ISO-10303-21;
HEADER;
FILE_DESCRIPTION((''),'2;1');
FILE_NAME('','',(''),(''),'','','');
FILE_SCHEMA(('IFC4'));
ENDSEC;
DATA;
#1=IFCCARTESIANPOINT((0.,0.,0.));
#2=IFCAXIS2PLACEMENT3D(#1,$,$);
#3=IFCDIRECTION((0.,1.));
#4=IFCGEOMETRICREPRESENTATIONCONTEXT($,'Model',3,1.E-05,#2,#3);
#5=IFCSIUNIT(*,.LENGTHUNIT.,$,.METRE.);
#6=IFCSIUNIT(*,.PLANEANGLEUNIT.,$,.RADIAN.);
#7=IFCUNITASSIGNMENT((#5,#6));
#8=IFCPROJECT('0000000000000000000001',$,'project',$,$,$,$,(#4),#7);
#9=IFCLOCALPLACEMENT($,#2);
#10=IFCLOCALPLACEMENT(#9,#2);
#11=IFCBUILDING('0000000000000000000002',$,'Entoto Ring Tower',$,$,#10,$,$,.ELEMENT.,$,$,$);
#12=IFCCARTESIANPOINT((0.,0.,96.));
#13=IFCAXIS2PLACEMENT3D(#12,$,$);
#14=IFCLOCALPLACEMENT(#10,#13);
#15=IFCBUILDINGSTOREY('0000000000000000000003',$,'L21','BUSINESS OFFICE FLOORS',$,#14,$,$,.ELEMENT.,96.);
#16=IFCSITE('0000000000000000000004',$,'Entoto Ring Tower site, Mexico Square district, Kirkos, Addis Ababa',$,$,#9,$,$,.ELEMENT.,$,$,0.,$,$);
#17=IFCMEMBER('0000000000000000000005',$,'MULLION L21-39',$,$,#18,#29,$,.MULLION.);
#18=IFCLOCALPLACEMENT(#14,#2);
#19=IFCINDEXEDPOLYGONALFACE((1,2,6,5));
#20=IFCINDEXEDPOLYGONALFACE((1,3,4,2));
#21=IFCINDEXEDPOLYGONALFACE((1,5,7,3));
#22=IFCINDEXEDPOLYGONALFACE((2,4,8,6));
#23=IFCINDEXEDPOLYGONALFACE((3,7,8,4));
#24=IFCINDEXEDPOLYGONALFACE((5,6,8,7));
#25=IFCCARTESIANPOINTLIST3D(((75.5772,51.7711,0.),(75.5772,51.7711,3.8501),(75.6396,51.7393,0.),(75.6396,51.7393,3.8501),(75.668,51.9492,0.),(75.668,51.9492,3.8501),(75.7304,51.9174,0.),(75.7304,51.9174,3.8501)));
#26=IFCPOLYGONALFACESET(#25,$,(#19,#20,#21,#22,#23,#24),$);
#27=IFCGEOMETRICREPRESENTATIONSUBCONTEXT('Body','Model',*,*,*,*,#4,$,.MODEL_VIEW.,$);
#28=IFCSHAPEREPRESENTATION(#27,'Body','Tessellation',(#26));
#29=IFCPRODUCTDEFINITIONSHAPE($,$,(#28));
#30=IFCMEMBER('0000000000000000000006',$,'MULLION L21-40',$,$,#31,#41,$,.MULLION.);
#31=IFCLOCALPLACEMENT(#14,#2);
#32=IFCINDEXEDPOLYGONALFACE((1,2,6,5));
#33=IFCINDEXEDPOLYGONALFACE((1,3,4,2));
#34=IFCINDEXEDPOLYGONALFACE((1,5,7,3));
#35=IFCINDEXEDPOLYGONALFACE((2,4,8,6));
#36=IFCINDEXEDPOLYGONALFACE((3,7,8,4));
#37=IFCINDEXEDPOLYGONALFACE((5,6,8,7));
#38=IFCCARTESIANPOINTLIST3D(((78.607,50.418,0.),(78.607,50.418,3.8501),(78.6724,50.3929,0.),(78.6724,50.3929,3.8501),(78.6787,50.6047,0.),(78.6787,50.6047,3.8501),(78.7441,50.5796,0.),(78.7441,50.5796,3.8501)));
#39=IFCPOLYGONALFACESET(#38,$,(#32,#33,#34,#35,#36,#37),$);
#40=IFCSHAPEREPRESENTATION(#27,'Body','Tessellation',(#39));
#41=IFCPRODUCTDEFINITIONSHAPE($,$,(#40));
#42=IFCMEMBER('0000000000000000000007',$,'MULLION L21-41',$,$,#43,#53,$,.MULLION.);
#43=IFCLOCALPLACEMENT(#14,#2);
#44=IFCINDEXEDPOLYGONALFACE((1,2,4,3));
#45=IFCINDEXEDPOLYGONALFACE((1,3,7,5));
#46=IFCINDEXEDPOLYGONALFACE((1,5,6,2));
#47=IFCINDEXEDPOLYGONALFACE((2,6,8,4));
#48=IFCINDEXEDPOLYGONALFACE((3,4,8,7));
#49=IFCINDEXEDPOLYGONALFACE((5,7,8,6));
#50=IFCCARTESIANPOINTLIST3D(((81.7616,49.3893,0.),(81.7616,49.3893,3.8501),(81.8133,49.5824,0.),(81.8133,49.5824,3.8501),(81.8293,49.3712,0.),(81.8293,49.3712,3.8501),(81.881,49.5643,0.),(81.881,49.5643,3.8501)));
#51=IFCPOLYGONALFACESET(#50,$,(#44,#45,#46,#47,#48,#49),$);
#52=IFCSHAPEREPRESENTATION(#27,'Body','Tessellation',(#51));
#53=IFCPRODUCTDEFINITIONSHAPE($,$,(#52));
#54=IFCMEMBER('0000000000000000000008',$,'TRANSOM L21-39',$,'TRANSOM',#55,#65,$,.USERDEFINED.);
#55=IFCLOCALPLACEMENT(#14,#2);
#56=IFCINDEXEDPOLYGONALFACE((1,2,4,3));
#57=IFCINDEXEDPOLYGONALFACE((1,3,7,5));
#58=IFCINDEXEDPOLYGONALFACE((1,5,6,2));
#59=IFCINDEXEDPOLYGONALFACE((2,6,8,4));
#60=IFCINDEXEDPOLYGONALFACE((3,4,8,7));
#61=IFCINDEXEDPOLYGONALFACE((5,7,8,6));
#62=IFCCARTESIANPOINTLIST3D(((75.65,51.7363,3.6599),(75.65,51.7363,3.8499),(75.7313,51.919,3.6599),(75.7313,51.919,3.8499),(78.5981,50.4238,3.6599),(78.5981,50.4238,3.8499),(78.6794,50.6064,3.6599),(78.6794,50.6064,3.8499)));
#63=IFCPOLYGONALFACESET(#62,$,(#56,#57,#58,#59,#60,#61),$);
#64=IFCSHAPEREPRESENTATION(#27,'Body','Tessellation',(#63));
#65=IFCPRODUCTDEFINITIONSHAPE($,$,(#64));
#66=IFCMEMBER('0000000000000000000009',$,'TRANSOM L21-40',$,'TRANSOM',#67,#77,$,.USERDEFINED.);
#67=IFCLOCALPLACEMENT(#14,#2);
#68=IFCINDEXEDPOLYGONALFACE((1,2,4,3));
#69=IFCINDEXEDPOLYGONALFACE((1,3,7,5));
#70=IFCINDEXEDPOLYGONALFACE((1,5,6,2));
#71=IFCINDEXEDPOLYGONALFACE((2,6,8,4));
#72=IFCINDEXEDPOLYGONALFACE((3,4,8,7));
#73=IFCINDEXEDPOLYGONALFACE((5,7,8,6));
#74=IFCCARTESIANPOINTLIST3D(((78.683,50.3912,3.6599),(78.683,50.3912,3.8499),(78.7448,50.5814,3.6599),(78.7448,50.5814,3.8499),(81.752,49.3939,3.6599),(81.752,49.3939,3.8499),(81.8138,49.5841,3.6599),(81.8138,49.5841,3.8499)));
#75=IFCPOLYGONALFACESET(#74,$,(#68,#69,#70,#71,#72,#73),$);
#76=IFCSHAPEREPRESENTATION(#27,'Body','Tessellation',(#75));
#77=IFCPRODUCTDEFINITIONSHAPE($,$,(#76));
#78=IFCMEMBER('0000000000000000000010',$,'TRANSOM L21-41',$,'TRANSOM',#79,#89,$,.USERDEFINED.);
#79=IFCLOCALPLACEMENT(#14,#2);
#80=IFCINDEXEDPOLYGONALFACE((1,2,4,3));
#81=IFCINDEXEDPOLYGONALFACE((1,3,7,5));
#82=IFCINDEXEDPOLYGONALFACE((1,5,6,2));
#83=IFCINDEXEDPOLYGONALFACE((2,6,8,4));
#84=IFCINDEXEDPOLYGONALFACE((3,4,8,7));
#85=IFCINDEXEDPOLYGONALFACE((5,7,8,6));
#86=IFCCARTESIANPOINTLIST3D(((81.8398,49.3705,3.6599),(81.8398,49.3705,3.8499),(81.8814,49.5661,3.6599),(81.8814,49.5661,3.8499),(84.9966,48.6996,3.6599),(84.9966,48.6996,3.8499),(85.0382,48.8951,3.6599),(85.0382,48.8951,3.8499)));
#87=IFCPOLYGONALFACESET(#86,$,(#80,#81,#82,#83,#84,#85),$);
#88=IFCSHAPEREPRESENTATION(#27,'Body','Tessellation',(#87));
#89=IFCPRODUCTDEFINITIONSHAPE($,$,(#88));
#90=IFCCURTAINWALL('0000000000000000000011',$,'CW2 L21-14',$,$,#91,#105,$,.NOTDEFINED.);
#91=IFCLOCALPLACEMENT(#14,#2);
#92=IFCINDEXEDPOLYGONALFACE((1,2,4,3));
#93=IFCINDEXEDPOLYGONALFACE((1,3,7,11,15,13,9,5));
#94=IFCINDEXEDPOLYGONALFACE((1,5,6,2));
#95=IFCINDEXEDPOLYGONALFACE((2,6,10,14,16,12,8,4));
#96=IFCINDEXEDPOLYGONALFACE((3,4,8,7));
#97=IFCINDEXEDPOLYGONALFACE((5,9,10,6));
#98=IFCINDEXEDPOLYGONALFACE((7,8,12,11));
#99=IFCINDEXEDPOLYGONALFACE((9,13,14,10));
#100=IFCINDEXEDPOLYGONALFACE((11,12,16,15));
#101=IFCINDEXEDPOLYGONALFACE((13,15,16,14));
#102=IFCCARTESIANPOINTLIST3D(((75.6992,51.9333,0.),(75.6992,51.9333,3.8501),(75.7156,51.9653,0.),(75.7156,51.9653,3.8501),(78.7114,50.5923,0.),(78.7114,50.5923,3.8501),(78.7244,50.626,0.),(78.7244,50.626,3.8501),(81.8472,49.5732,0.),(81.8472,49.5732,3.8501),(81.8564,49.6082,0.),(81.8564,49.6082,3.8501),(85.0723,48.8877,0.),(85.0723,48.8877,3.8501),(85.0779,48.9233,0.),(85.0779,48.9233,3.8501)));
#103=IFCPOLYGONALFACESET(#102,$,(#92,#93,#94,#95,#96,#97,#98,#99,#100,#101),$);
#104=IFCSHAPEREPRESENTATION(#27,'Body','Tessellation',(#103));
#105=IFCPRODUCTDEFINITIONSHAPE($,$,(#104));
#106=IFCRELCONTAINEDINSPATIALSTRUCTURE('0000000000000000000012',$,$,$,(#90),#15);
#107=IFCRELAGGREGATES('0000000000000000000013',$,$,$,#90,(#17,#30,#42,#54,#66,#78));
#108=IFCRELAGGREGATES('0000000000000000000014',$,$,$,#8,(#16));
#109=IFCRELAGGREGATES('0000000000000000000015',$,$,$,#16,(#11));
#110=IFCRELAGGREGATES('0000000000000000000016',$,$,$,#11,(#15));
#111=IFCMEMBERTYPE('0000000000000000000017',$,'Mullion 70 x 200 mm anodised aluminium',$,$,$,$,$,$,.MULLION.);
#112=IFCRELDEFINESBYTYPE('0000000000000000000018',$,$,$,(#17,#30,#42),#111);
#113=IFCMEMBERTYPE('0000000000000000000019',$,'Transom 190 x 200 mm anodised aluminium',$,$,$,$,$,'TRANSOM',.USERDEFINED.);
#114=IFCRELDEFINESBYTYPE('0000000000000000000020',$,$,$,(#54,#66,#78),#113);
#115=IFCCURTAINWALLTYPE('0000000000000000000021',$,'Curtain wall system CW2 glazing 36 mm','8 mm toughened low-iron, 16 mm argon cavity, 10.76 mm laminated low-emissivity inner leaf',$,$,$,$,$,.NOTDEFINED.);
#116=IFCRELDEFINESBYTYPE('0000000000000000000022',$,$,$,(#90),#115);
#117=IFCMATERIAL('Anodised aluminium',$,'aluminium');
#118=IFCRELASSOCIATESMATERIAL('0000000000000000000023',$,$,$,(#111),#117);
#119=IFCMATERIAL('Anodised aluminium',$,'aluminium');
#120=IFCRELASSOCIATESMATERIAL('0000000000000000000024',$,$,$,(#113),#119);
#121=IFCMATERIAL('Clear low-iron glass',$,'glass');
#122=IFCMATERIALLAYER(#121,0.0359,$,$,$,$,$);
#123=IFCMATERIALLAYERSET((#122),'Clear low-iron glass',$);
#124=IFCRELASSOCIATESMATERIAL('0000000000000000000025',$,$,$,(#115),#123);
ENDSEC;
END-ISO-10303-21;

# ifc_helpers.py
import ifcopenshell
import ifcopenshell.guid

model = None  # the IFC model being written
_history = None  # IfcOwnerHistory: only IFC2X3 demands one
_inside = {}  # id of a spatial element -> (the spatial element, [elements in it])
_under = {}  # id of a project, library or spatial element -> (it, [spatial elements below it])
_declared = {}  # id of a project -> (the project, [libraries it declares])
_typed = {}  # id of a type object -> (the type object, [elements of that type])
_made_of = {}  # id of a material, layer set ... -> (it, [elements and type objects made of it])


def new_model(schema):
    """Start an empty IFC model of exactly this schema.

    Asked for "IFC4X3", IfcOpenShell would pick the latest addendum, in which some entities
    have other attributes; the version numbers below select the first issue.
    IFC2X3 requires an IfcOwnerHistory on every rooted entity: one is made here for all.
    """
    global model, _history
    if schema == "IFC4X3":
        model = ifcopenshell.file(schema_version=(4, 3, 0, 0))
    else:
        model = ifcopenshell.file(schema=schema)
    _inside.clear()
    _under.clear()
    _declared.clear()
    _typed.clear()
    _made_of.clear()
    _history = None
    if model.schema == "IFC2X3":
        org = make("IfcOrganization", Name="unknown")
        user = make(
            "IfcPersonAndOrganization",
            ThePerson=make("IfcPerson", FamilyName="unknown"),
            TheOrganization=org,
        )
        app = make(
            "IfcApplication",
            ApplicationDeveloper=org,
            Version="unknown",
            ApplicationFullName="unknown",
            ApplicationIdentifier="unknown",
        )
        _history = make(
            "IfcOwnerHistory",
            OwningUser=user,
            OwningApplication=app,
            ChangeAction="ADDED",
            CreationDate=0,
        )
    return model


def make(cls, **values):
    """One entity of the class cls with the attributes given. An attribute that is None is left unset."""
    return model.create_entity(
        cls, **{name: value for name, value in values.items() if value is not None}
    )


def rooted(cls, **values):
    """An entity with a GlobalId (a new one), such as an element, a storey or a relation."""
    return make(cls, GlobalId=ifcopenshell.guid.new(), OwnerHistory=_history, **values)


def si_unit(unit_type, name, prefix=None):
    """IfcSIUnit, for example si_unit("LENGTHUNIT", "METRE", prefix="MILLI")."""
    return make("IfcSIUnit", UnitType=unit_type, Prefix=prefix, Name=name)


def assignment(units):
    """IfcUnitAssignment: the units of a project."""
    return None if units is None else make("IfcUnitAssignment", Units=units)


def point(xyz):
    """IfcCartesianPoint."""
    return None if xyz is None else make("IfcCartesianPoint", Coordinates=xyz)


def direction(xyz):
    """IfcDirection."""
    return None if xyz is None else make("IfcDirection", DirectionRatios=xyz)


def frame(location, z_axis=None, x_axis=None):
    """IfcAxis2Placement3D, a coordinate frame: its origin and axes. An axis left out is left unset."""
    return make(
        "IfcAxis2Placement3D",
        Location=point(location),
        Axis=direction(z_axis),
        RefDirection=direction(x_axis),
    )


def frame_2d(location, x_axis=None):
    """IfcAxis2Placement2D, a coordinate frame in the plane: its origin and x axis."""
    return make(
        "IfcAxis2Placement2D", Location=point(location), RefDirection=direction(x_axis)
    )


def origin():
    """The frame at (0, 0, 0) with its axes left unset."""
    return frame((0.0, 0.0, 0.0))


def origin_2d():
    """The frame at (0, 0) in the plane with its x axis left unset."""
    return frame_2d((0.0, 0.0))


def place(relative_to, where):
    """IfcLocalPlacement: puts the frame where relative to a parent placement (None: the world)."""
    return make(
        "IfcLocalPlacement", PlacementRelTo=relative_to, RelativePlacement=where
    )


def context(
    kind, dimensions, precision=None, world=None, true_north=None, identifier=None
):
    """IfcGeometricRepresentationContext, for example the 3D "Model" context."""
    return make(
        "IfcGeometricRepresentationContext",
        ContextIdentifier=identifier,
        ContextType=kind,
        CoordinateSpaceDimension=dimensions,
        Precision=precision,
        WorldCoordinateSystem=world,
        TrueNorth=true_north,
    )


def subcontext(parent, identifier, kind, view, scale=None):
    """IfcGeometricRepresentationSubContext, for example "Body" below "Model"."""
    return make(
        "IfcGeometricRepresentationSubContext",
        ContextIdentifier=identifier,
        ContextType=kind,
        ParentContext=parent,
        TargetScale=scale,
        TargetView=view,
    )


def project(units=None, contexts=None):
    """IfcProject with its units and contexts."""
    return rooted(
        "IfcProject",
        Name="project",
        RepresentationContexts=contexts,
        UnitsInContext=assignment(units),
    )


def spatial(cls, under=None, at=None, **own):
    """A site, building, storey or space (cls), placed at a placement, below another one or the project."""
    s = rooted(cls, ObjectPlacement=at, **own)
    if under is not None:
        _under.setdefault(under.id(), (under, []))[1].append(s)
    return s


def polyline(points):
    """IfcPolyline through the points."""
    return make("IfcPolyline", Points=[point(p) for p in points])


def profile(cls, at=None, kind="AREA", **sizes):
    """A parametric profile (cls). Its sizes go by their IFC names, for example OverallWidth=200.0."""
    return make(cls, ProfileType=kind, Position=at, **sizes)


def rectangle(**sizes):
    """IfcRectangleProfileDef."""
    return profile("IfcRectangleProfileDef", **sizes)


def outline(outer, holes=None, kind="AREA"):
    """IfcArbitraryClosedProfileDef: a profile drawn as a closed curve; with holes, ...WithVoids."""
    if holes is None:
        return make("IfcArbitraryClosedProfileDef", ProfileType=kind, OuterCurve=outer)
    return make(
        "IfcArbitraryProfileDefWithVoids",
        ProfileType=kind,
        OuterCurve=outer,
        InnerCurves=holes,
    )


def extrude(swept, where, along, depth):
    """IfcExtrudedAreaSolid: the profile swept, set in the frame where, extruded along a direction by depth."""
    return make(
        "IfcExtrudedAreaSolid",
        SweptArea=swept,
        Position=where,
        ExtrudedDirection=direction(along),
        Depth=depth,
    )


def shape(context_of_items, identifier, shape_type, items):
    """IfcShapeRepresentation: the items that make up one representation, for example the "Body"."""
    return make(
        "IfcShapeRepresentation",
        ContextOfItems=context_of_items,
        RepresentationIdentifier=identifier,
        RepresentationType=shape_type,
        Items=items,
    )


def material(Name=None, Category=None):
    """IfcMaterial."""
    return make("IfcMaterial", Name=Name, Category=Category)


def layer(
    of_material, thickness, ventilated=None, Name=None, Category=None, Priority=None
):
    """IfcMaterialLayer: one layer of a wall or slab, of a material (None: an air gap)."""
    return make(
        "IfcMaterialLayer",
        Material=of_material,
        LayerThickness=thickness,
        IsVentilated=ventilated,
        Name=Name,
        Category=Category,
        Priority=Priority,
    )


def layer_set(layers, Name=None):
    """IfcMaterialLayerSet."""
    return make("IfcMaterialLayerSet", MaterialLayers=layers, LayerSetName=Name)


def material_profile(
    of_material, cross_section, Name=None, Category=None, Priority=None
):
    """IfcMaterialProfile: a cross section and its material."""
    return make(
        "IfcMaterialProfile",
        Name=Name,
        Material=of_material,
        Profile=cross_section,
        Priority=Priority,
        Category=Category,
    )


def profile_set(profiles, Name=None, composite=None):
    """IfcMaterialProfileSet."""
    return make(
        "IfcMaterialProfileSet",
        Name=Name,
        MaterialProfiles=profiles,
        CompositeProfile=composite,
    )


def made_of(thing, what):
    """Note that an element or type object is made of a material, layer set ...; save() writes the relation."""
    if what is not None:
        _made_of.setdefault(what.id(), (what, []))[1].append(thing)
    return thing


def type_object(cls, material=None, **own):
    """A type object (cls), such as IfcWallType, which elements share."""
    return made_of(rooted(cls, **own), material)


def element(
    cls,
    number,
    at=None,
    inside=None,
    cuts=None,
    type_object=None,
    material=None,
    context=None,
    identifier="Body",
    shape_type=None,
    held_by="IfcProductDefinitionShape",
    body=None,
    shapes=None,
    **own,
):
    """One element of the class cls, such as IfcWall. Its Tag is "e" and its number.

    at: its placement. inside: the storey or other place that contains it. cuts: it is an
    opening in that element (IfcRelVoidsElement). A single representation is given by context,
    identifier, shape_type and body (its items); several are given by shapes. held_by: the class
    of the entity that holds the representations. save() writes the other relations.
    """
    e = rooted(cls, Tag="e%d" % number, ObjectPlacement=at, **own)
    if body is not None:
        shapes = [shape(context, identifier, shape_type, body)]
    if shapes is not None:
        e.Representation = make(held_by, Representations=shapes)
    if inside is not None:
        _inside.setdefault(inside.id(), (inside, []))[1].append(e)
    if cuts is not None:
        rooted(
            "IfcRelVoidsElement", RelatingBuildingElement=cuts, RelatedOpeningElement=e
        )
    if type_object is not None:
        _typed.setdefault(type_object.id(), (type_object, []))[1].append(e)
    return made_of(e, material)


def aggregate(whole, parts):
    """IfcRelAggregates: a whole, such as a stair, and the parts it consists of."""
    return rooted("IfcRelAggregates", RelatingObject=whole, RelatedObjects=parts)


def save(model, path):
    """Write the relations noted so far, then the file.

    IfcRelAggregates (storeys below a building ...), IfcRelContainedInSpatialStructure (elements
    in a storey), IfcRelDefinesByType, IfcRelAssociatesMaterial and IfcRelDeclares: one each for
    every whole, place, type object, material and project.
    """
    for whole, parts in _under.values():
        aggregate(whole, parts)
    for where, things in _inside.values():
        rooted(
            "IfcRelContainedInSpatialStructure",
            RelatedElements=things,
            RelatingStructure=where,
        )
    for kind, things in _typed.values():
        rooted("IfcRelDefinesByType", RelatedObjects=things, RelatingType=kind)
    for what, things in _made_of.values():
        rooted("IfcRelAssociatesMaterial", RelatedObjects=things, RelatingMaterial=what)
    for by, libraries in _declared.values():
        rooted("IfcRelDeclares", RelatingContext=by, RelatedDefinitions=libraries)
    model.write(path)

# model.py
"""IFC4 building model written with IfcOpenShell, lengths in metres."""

from ifc_helpers import new_model, si_unit, direction, frame, origin, origin_2d, place, context, subcontext, project, spatial, polyline, rectangle, outline, extrude, material, layer, layer_set, material_profile, profile_set, type_object, element, aggregate, save


model = new_model("IFC4")

# Units and contexts
model_context = context("Model", 3, precision=1e-05, world=origin(), true_north=direction((0.0, 1.0)))
body_context = subcontext(model_context, "Body", "Model", "MODEL_VIEW")
ifc_project = project(units=[si_unit("LENGTHUNIT", "METRE"), si_unit("PLANEANGLEUNIT", "RADIAN")], contexts=[model_context])

# Members
ifc_material_1 = material(Name="Anodised aluminium", Category="aluminium")
ifc_material_profile_1 = material_profile(ifc_material_1, rectangle(XDim=0.0701, YDim=0.2, at=origin_2d()), Name="Mullion 70 x 200 mm anodised aluminium")
ifc_profile_set_1 = profile_set([ifc_material_profile_1], Name="Anodised aluminium")
member_type_1 = type_object("IfcMemberType", Name="Mullion 70 x 200 mm anodised aluminium", PredefinedType="MULLION", material=ifc_profile_set_1)
site_placement = place(None, origin())
building_placement = place(site_placement, origin())
storey_placement = place(building_placement, frame((0.0, 0.0, 96.0)))
member_1_placement = place(storey_placement, frame((75.6538, 51.8442, 0.0), z_axis=(0.0, 0.0, 1.0), x_axis=(0.891007, -0.45399, 0.0)))
member_1 = element("IfcMember", 1, at=member_1_placement, type_object=member_type_1, Name="MULLION L21-39", PredefinedType="MULLION", context=body_context, shape_type="SweptSolid", body=[
    extrude(rectangle(XDim=0.0701, YDim=0.2, at=origin_2d()), origin(), (0.0, 0.0, 1.0), 3.8501),
])
member_2_placement = place(storey_placement, frame((78.6755, 50.4988, 0.0), z_axis=(0.0, 0.0, 1.0), x_axis=(0.93358, -0.358368, 0.0)))
member_2 = element("IfcMember", 2, at=member_2_placement, type_object=member_type_1, Name="MULLION L21-40", PredefinedType="MULLION", context=body_context, shape_type="SweptSolid", body=[
    extrude(rectangle(XDim=0.0701, YDim=0.2, at=origin_2d()), origin(), (0.0, 0.0, 1.0), 3.8501),
])
member_3_placement = place(storey_placement, frame((81.8213, 49.4768, 0.0), z_axis=(0.0, 0.0, 1.0), x_axis=(0.965926, -0.258819, 0.0)))
member_3 = element("IfcMember", 3, at=member_3_placement, type_object=member_type_1, Name="MULLION L21-41", PredefinedType="MULLION", context=body_context, shape_type="SweptSolid", body=[
    extrude(rectangle(XDim=0.0701, YDim=0.2, at=origin_2d()), origin(), (0.0, 0.0, 1.0), 3.8501),
])
ifc_material_2 = material(Name="Anodised aluminium", Category="aluminium")
ifc_material_profile_2 = material_profile(ifc_material_2, rectangle(XDim=0.2, YDim=0.1899, at=origin_2d()), Name="Transom 190 x 200 mm anodised aluminium")
ifc_profile_set_2 = profile_set([ifc_material_profile_2], Name="Anodised aluminium")
member_type_2 = type_object("IfcMemberType", Name="Transom 190 x 200 mm anodised aluminium", ElementType="TRANSOM", PredefinedType="USERDEFINED", material=ifc_profile_set_2)
member_4_placement = place(storey_placement, frame((75.6907, 51.8276, 3.7549), z_axis=(0.913549, -0.406728, 0.0), x_axis=(0.406728, 0.913549, 0.0)))
member_4 = element("IfcMember", 4, at=member_4_placement, type_object=member_type_2, Name="TRANSOM L21-39", ObjectType="TRANSOM", PredefinedType="USERDEFINED", context=body_context, shape_type="SweptSolid", body=[
    extrude(rectangle(XDim=0.2, YDim=0.1899, at=origin_2d()), origin(), (0.0, 0.0, 1.0), 3.2271),
])
member_5_placement = place(storey_placement, frame((78.7139, 50.4863, 3.7549), z_axis=(0.951047, -0.309047, 0.0), x_axis=(0.309047, 0.951047, 0.0)))
member_5 = element("IfcMember", 5, at=member_5_placement, type_object=member_type_2, Name="TRANSOM L21-40", ObjectType="TRANSOM", PredefinedType="USERDEFINED", context=body_context, shape_type="SweptSolid", body=[
    extrude(rectangle(XDim=0.2, YDim=0.1899, at=origin_2d()), origin(), (0.0, 0.0, 1.0), 3.2271),
])
member_6_placement = place(storey_placement, frame((81.8606, 49.4683, 3.7549), z_axis=(0.978153, -0.207886, 0.0), x_axis=(0.207886, 0.978153, 0.0)))
member_6 = element("IfcMember", 6, at=member_6_placement, type_object=member_type_2, Name="TRANSOM L21-41", ObjectType="TRANSOM", PredefinedType="USERDEFINED", context=body_context, shape_type="SweptSolid", body=[
    extrude(rectangle(XDim=0.2, YDim=0.1899, at=origin_2d()), origin(), (0.0, 0.0, 1.0), 3.2273),
])

# Site, building, storey
site = spatial("IfcSite", under=ifc_project, at=site_placement, Name="Entoto Ring Tower site, Mexico Square district, Kirkos, Addis Ababa", CompositionType="ELEMENT", RefElevation=0.0)
building = spatial("IfcBuilding", under=site, at=building_placement, Name="Entoto Ring Tower", CompositionType="ELEMENT")
storey = spatial("IfcBuildingStorey", under=building, at=storey_placement, Name="L21", Description="BUSINESS OFFICE FLOORS", CompositionType="ELEMENT", Elevation=96.0)

# Curtain wall
ifc_material_3 = material(Name="Clear low-iron glass", Category="glass")
ifc_layer = layer(ifc_material_3, 0.0359)
ifc_layer_set = layer_set([ifc_layer], Name="Clear low-iron glass")
curtain_wall_type = type_object("IfcCurtainWallType", Name="Curtain wall system CW2 glazing 36 mm", Description="8 mm toughened low-iron, 16 mm argon cavity, 10.76 mm laminated low-emissivity inner leaf", PredefinedType="NOTDEFINED", material=ifc_layer_set)
curtain_wall_1_placement = place(storey_placement, origin())
curtain_wall_1 = element("IfcCurtainWall", 7, at=curtain_wall_1_placement, inside=storey, type_object=curtain_wall_type, Name="CW2 L21-14", PredefinedType="NOTDEFINED", context=body_context, shape_type="SweptSolid", body=[
    extrude(outline(polyline([(75.6992, 51.9333), (78.7114, 50.5923), (81.8472, 49.5732), (85.0723, 48.8877), (85.0779, 48.9233), (81.8564, 49.6082), (78.7244, 50.626), (75.7156, 51.9653), (75.6992, 51.9333)])), origin(), (0.0, 0.0, 1.0), 3.8501),
])
aggregate(curtain_wall_1, [member_1, member_2, member_3, member_4, member_5, member_6])

save(model, "model.ifc")
